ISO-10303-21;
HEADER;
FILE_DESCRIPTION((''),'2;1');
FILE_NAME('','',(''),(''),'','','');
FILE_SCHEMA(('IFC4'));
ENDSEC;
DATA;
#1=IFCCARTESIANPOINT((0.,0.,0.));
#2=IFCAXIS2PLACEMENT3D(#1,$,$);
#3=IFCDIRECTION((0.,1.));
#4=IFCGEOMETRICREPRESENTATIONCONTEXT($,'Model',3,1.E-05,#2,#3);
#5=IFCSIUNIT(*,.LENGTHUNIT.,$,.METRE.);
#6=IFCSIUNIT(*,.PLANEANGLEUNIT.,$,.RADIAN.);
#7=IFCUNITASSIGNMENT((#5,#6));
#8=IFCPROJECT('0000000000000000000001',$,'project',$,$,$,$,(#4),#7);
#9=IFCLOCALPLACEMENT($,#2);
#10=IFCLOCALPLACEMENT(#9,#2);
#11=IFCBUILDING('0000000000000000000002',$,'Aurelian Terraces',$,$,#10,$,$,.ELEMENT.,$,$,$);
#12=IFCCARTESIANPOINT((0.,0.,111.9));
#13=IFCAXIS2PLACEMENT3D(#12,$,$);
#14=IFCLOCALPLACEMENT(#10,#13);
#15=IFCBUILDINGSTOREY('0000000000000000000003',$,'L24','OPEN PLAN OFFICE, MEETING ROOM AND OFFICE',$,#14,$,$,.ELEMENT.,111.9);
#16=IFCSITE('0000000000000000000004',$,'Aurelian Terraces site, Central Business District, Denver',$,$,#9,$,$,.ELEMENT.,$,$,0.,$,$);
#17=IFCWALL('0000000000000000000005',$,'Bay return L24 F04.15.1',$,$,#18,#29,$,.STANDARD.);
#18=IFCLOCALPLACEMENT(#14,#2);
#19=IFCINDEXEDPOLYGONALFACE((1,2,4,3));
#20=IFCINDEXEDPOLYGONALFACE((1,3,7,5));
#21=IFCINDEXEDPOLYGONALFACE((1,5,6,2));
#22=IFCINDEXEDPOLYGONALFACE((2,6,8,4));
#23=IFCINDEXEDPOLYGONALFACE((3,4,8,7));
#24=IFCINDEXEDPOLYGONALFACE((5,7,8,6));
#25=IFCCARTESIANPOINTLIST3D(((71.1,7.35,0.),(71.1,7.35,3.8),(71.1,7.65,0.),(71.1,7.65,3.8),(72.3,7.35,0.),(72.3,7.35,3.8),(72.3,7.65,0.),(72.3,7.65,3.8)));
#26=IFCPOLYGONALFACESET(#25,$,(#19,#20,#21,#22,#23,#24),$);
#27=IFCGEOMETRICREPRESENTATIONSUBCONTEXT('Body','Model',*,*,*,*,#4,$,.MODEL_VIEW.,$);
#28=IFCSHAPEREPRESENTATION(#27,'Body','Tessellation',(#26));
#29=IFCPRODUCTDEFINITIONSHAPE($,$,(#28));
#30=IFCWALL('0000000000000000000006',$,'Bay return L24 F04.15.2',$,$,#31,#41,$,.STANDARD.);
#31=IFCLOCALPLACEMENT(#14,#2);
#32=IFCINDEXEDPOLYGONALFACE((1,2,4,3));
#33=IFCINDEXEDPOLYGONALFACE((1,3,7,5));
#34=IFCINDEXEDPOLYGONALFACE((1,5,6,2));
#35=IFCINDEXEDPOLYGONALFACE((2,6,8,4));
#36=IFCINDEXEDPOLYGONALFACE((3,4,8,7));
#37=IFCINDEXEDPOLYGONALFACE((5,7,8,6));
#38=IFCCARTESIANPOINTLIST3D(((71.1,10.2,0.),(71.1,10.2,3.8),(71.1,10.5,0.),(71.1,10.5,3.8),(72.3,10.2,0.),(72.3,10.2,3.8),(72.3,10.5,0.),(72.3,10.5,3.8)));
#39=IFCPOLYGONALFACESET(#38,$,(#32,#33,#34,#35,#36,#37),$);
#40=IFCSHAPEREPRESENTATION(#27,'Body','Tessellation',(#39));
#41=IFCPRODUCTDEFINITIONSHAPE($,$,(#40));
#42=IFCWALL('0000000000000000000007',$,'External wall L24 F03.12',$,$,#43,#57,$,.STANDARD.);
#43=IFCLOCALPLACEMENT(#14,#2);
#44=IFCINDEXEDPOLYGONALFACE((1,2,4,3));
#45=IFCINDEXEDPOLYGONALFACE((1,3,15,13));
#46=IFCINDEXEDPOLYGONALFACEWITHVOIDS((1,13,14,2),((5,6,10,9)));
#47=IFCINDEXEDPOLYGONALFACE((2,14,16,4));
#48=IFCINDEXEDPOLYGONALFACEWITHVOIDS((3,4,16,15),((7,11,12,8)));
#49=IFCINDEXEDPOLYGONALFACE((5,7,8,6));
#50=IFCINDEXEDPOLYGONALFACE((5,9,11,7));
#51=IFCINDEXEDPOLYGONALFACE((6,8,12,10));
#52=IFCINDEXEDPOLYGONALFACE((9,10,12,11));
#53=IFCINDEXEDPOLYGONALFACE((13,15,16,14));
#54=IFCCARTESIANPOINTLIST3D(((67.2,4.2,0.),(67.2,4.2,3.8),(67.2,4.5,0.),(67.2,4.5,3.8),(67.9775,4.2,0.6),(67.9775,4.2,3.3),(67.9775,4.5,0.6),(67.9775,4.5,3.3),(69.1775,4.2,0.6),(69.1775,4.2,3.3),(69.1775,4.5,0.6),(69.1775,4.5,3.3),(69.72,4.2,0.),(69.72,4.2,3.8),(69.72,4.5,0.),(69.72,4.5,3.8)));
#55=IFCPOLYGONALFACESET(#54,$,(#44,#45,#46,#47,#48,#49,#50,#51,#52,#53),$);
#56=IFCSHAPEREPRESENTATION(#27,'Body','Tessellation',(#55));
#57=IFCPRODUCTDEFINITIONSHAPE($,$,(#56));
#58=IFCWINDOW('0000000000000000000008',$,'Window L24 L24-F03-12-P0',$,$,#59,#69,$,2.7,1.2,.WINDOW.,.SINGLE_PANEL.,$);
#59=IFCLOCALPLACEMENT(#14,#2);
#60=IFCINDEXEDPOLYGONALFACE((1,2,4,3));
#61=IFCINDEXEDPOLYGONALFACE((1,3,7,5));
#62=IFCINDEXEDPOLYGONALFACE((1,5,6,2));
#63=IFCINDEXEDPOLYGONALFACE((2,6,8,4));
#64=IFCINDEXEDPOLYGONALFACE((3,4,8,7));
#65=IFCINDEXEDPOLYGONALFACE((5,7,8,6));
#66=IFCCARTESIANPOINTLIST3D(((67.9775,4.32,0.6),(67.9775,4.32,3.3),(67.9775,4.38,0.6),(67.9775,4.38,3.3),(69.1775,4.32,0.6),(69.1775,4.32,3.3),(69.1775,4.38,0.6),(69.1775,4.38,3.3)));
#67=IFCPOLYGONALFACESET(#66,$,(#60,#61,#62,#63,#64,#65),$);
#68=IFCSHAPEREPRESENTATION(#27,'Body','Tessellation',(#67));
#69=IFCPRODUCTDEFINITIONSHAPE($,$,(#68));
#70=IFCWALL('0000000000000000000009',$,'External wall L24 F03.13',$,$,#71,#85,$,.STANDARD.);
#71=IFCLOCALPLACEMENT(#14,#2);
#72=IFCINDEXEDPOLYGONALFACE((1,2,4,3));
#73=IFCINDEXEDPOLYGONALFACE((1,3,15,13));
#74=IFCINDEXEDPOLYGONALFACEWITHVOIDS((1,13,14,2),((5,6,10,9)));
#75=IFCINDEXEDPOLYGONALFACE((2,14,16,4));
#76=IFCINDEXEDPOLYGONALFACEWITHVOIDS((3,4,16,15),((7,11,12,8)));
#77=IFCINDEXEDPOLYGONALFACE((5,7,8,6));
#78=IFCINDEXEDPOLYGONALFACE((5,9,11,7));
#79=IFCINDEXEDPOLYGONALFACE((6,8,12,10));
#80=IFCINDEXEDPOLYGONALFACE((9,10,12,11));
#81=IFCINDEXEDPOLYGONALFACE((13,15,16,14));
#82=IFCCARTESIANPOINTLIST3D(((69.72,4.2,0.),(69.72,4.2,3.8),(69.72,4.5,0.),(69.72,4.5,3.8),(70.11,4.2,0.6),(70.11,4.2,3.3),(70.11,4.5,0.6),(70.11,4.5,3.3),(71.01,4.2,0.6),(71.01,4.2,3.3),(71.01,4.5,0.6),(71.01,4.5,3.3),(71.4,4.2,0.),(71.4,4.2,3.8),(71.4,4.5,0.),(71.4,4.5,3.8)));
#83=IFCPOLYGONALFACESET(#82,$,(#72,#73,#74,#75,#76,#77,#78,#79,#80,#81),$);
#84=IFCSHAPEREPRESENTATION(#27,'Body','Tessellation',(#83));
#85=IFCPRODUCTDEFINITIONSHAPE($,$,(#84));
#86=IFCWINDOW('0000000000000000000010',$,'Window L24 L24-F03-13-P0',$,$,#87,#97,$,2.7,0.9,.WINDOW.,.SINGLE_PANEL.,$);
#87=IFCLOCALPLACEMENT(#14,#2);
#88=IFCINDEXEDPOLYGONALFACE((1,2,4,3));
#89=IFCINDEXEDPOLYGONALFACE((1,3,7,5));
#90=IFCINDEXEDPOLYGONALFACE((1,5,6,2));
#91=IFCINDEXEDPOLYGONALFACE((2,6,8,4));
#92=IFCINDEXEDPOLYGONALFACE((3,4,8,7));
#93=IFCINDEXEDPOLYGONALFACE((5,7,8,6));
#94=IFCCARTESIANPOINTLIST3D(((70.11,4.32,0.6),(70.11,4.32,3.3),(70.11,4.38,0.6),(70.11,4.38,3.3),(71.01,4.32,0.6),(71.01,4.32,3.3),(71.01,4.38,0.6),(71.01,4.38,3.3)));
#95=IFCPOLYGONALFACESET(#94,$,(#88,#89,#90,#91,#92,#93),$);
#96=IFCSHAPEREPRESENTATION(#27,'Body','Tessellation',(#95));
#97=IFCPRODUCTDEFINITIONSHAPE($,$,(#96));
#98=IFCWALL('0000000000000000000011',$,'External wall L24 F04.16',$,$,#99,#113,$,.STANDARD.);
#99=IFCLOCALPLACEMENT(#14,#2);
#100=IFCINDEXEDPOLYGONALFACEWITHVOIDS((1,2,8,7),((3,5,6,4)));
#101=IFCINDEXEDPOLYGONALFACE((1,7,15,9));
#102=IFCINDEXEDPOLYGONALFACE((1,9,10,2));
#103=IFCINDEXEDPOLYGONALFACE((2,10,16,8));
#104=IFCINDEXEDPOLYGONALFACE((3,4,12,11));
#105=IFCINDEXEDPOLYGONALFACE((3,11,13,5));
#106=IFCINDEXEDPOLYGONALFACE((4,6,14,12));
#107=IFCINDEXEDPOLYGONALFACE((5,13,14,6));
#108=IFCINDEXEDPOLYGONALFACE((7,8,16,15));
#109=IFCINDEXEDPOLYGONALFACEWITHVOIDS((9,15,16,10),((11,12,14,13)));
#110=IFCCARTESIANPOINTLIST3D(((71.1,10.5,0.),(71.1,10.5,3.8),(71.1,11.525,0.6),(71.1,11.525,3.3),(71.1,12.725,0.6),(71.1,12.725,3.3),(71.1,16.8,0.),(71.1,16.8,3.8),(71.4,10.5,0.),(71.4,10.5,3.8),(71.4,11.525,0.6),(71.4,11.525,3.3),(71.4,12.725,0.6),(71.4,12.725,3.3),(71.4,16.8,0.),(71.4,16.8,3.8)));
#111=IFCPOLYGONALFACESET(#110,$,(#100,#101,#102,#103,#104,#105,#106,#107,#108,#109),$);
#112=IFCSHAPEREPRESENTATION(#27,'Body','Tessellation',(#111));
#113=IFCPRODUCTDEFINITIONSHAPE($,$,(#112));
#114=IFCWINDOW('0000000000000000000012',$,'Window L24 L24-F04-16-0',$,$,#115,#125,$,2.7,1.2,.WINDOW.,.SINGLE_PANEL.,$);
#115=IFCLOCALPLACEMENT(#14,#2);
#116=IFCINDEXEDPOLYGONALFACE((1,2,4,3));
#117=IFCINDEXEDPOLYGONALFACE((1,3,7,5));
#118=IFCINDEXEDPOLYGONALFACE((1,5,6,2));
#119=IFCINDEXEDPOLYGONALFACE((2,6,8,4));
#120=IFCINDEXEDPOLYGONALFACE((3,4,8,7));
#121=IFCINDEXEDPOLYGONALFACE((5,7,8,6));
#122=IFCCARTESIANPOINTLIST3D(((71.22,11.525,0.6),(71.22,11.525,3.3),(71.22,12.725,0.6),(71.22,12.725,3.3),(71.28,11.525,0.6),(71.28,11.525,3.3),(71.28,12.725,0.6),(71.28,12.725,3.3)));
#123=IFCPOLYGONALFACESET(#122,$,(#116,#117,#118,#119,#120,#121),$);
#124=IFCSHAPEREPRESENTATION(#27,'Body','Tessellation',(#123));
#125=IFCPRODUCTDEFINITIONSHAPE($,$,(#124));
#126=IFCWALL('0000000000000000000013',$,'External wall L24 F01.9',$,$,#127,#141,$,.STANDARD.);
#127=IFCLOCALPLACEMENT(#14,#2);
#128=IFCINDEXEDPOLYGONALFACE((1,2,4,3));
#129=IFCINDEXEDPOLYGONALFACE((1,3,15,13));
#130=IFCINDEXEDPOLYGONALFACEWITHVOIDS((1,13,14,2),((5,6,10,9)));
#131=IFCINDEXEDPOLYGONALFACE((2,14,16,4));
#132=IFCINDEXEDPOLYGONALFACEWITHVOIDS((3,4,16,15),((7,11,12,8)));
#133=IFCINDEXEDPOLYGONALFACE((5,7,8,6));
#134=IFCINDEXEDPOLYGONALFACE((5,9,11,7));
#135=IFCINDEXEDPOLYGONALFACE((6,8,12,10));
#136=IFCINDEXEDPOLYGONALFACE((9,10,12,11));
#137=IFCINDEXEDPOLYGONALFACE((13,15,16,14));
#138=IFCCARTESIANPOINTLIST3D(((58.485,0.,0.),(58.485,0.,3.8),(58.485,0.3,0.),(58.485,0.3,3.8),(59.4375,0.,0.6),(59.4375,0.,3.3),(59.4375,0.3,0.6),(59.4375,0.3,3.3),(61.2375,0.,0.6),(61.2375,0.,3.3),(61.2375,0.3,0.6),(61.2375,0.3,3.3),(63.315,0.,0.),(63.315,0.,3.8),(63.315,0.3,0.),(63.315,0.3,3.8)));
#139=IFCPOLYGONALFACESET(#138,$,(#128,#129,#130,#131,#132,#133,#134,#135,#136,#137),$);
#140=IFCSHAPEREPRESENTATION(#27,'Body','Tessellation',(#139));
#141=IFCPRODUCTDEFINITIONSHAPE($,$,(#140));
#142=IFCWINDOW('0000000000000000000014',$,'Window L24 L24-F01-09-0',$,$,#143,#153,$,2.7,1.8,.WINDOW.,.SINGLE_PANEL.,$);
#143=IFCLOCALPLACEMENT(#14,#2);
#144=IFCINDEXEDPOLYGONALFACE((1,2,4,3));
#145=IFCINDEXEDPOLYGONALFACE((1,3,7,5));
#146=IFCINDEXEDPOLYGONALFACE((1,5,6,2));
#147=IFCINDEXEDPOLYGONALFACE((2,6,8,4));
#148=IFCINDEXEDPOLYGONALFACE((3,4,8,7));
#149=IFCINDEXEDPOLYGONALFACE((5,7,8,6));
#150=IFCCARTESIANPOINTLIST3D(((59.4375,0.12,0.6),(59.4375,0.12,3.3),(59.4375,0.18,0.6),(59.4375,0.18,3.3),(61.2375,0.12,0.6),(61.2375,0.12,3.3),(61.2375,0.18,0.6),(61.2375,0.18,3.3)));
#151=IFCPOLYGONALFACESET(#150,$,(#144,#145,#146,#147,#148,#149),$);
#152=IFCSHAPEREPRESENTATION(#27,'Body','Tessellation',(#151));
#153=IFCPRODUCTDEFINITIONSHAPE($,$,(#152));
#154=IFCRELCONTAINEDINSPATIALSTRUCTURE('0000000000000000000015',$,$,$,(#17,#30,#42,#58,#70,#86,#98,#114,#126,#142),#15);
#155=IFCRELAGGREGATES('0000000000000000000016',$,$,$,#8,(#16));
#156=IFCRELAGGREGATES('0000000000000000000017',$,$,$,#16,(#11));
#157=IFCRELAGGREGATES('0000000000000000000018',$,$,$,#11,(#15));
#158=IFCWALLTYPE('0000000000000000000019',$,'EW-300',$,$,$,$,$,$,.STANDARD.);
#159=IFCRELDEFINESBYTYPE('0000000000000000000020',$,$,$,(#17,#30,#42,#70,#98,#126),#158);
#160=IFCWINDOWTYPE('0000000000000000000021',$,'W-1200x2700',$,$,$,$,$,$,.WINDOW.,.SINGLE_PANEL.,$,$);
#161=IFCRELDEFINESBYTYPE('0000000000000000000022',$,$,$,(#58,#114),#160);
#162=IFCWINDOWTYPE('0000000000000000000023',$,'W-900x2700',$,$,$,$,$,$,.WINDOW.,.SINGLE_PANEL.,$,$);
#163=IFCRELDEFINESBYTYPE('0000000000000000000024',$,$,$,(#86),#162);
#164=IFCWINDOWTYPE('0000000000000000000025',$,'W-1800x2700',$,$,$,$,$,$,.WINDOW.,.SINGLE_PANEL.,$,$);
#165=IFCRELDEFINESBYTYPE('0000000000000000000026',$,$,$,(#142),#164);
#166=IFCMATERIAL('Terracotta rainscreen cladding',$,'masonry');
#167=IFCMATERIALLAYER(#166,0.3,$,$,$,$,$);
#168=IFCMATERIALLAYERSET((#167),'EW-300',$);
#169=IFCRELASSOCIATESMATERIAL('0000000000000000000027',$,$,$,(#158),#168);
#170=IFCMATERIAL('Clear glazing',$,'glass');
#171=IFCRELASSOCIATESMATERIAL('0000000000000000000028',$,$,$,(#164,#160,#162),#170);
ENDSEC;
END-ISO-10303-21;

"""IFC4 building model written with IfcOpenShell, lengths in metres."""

from ifc_helpers import new_model, si_unit, direction, frame, frame_2d, origin, place, context, subcontext, project, spatial, rectangle, extrude, source, transform, mapped, material, layer, layer_set, type_object, element, fill, save


model = new_model("IFC4")

# Units and contexts
model_context = context("Model", 3, precision=1e-05, world=origin(), true_north=direction((0.0, 1.0)))
body_context = subcontext(model_context, "Body", "Model", "MODEL_VIEW")
ifc_project = project(units=[si_unit("LENGTHUNIT", "METRE"), si_unit("PLANEANGLEUNIT", "RADIAN")], contexts=[model_context])

# Site, building, storey
site_placement = place(None, origin())
site = spatial("IfcSite", under=ifc_project, at=site_placement, Name="Aurelian Terraces site, Central Business District, Denver", CompositionType="ELEMENT", RefElevation=0.0)
building_placement = place(site_placement, origin())
building = spatial("IfcBuilding", under=site, at=building_placement, Name="Aurelian Terraces", CompositionType="ELEMENT")
storey_placement = place(building_placement, frame((0.0, 0.0, 111.9)))
storey = spatial("IfcBuildingStorey", under=building, at=storey_placement, Name="L24", Description="OPEN PLAN OFFICE, MEETING ROOM AND OFFICE", CompositionType="ELEMENT", Elevation=111.9)

# Shared definitions
ifc_material_1 = material(Name="Terracotta rainscreen cladding", Category="masonry")
ifc_layer_1 = layer(ifc_material_1, 0.3)
ifc_layer_set_1 = layer_set([ifc_layer_1], Name="EW-300")
wall_type_1 = type_object("IfcWallType", Name="EW-300", PredefinedType="STANDARD", material=ifc_layer_set_1)
shared_shape_1 = source(origin(), body_context, "Body", "SweptSolid", [
    extrude(rectangle(XDim=1.8, YDim=2.7, at=frame_2d((0.9, 1.35))), frame((0.0, 0.16, 0.0), z_axis=(0.0, -1.0, 0.0), x_axis=(1.0, 0.0, 0.0)), (0.0, 0.0, 1.0), 0.32),
])
ifc_material_2 = material(Name="Clear glazing", Category="glass")
window_type_1 = type_object("IfcWindowType", Name="W-1800x2700", PartitioningType="SINGLE_PANEL", PredefinedType="WINDOW", material=ifc_material_2)
shared_shape_2 = source(origin(), body_context, "Body", "SweptSolid", [
    extrude(rectangle(XDim=1.8, YDim=2.7, at=frame_2d((0.9, 1.35))), frame((0.0, 0.03, 0.0), z_axis=(0.0, -1.0, 0.0), x_axis=(1.0, 0.0, 0.0)), (0.0, 0.0, 1.0), 0.06),
])

# Walls
shared_shape_3 = source(origin(), body_context, "Body", "SweptSolid", [
    extrude(rectangle(XDim=1.2, YDim=0.3, at=frame_2d((0.6, 0.0))), origin(), (0.0, 0.0, 1.0), 3.8),
])
for number, where, z_axis, x_axis, name in (
    (1, (71.1, 7.5, 0.0), (0.0, 0.0, 1.0), (1.0, 0.0, 0.0), "Bay return L24 F04.15.1"),
    (2, (71.1, 10.35, 0.0), (0.0, 0.0, 1.0), (1.0, 0.0, 0.0), "Bay return L24 F04.15.2"),
):
    element("IfcWall", number, at=place(storey_placement, frame(where, z_axis=z_axis, x_axis=x_axis)), inside=storey, type_object=wall_type_1, Name=name, PredefinedType="STANDARD", context=body_context, shape_type="MappedRepresentation", body=[
        mapped(shared_shape_3, transform((0.0, 0.0, 0.0), scale=1.0)),
    ])

# Walls, openings, windows
shared_shape_4 = source(origin(), body_context, "Body", "SweptSolid", [
    extrude(rectangle(XDim=2.52, YDim=0.3, at=frame_2d((1.26, 0.0))), origin(), (0.0, 0.0, 1.0), 3.8),
])
wall_1_placement = place(storey_placement, frame((67.2, 4.35, 0.0), z_axis=(0.0, 0.0, 1.0), x_axis=(1.0, 0.0, 0.0)))
wall_1 = element("IfcWall", 3, at=wall_1_placement, inside=storey, type_object=wall_type_1, Name="External wall L24 F03.12", PredefinedType="STANDARD", context=body_context, shape_type="MappedRepresentation", body=[
    mapped(shared_shape_4, transform((0.0, 0.0, 0.0), scale=1.0)),
])
shared_shape_5 = source(origin(), body_context, "Body", "SweptSolid", [
    extrude(rectangle(XDim=1.2, YDim=2.7, at=frame_2d((0.6, 1.35))), frame((0.0, 0.16, 0.0), z_axis=(0.0, -1.0, 0.0), x_axis=(1.0, 0.0, 0.0)), (0.0, 0.0, 1.0), 0.32),
])
opening_1_placement = place(wall_1_placement, frame((0.7775, 0.0, 0.6)))
opening_1 = element("IfcOpeningElement", 4, at=opening_1_placement, cuts=wall_1, PredefinedType="OPENING", context=body_context, shape_type="MappedRepresentation", body=[
    mapped(shared_shape_5, transform((0.0, 0.0, 0.0), scale=1.0)),
])
window_type_2 = type_object("IfcWindowType", Name="W-1200x2700", PartitioningType="SINGLE_PANEL", PredefinedType="WINDOW", material=ifc_material_2)
shared_shape_6 = source(origin(), body_context, "Body", "SweptSolid", [
    extrude(rectangle(XDim=1.2, YDim=2.7, at=frame_2d((0.6, 1.35))), frame((0.0, 0.03, 0.0), z_axis=(0.0, -1.0, 0.0), x_axis=(1.0, 0.0, 0.0)), (0.0, 0.0, 1.0), 0.06),
])
window_1_placement = place(opening_1_placement, origin())
window_1 = element("IfcWindow", 5, at=window_1_placement, inside=storey, type_object=window_type_2, Name="Window L24 L24-F03-12-P0", OverallHeight=2.7, OverallWidth=1.2, PartitioningType="SINGLE_PANEL", PredefinedType="WINDOW", context=body_context, shape_type="MappedRepresentation", body=[
    mapped(shared_shape_6, transform((0.0, 0.0, 0.0), scale=1.0)),
])
fill(opening_1, window_1)
shared_shape_7 = source(origin(), body_context, "Body", "SweptSolid", [
    extrude(rectangle(XDim=1.68, YDim=0.3, at=frame_2d((0.84, 0.0))), origin(), (0.0, 0.0, 1.0), 3.8),
])
wall_2_placement = place(storey_placement, frame((69.72, 4.35, 0.0), z_axis=(0.0, 0.0, 1.0), x_axis=(1.0, 0.0, 0.0)))
wall_2 = element("IfcWall", 6, at=wall_2_placement, inside=storey, type_object=wall_type_1, Name="External wall L24 F03.13", PredefinedType="STANDARD", context=body_context, shape_type="MappedRepresentation", body=[
    mapped(shared_shape_7, transform((0.0, 0.0, 0.0), scale=1.0)),
])
shared_shape_8 = source(origin(), body_context, "Body", "SweptSolid", [
    extrude(rectangle(XDim=0.9, YDim=2.7, at=frame_2d((0.45, 1.35))), frame((0.0, 0.16, 0.0), z_axis=(0.0, -1.0, 0.0), x_axis=(1.0, 0.0, 0.0)), (0.0, 0.0, 1.0), 0.32),
])
opening_2_placement = place(wall_2_placement, frame((0.39, 0.0, 0.6)))
opening_2 = element("IfcOpeningElement", 7, at=opening_2_placement, cuts=wall_2, PredefinedType="OPENING", context=body_context, shape_type="MappedRepresentation", body=[
    mapped(shared_shape_8, transform((0.0, 0.0, 0.0), scale=1.0)),
])
window_type_3 = type_object("IfcWindowType", Name="W-900x2700", PartitioningType="SINGLE_PANEL", PredefinedType="WINDOW", material=ifc_material_2)
shared_shape_9 = source(origin(), body_context, "Body", "SweptSolid", [
    extrude(rectangle(XDim=0.9, YDim=2.7, at=frame_2d((0.45, 1.35))), frame((0.0, 0.03, 0.0), z_axis=(0.0, -1.0, 0.0), x_axis=(1.0, 0.0, 0.0)), (0.0, 0.0, 1.0), 0.06),
])
window_2_placement = place(opening_2_placement, origin())
window_2 = element("IfcWindow", 8, at=window_2_placement, inside=storey, type_object=window_type_3, Name="Window L24 L24-F03-13-P0", OverallHeight=2.7, OverallWidth=0.9, PartitioningType="SINGLE_PANEL", PredefinedType="WINDOW", context=body_context, shape_type="MappedRepresentation", body=[
    mapped(shared_shape_9, transform((0.0, 0.0, 0.0), scale=1.0)),
])
fill(opening_2, window_2)
shared_shape_10 = source(origin(), body_context, "Body", "SweptSolid", [
    extrude(rectangle(XDim=6.3, YDim=0.3, at=frame_2d((3.15, 0.0))), origin(), (0.0, 0.0, 1.0), 3.8),
])
wall_3_placement = place(storey_placement, frame((71.25, 10.5, 0.0), z_axis=(0.0, 0.0, 1.0), x_axis=(0.0, 1.0, 0.0)))
wall_3 = element("IfcWall", 9, at=wall_3_placement, inside=storey, type_object=wall_type_1, Name="External wall L24 F04.16", PredefinedType="STANDARD", context=body_context, shape_type="MappedRepresentation", body=[
    mapped(shared_shape_10, transform((0.0, 0.0, 0.0), scale=1.0)),
])
opening_3_placement = place(wall_3_placement, frame((1.025, 0.0, 0.6)))
opening_3 = element("IfcOpeningElement", 10, at=opening_3_placement, cuts=wall_3, PredefinedType="OPENING", context=body_context, shape_type="MappedRepresentation", body=[
    mapped(shared_shape_5, transform((0.0, 0.0, 0.0), scale=1.0)),
])
window_3_placement = place(opening_3_placement, origin())
window_3 = element("IfcWindow", 11, at=window_3_placement, inside=storey, type_object=window_type_2, Name="Window L24 L24-F04-16-0", OverallHeight=2.7, OverallWidth=1.2, PartitioningType="SINGLE_PANEL", PredefinedType="WINDOW", context=body_context, shape_type="MappedRepresentation", body=[
    mapped(shared_shape_6, transform((0.0, 0.0, 0.0), scale=1.0)),
])
fill(opening_3, window_3)
shared_shape_11 = source(origin(), body_context, "Body", "SweptSolid", [
    extrude(rectangle(XDim=4.83, YDim=0.3, at=frame_2d((2.415, 0.0))), origin(), (0.0, 0.0, 1.0), 3.8),
])
wall_4_placement = place(storey_placement, frame((58.485, 0.15, 0.0), z_axis=(0.0, 0.0, 1.0), x_axis=(1.0, 0.0, 0.0)))
wall_4 = element("IfcWall", 12, at=wall_4_placement, inside=storey, type_object=wall_type_1, Name="External wall L24 F01.9", PredefinedType="STANDARD", context=body_context, shape_type="MappedRepresentation", body=[
    mapped(shared_shape_11, transform((0.0, 0.0, 0.0), scale=1.0)),
])
opening_4_placement = place(wall_4_placement, frame((0.9525, 0.0, 0.6)))
opening_4 = element("IfcOpeningElement", 13, at=opening_4_placement, cuts=wall_4, PredefinedType="OPENING", context=body_context, shape_type="MappedRepresentation", body=[
    mapped(shared_shape_1, transform((0.0, 0.0, 0.0), scale=1.0)),
])
window_4_placement = place(opening_4_placement, origin())
window_4 = element("IfcWindow", 14, at=window_4_placement, inside=storey, type_object=window_type_1, Name="Window L24 L24-F01-09-0", OverallHeight=2.7, OverallWidth=1.8, PartitioningType="SINGLE_PANEL", PredefinedType="WINDOW", context=body_context, shape_type="MappedRepresentation", body=[
    mapped(shared_shape_2, transform((0.0, 0.0, 0.0), scale=1.0)),
])
fill(opening_4, window_4)

save(model, "model.ifc")
